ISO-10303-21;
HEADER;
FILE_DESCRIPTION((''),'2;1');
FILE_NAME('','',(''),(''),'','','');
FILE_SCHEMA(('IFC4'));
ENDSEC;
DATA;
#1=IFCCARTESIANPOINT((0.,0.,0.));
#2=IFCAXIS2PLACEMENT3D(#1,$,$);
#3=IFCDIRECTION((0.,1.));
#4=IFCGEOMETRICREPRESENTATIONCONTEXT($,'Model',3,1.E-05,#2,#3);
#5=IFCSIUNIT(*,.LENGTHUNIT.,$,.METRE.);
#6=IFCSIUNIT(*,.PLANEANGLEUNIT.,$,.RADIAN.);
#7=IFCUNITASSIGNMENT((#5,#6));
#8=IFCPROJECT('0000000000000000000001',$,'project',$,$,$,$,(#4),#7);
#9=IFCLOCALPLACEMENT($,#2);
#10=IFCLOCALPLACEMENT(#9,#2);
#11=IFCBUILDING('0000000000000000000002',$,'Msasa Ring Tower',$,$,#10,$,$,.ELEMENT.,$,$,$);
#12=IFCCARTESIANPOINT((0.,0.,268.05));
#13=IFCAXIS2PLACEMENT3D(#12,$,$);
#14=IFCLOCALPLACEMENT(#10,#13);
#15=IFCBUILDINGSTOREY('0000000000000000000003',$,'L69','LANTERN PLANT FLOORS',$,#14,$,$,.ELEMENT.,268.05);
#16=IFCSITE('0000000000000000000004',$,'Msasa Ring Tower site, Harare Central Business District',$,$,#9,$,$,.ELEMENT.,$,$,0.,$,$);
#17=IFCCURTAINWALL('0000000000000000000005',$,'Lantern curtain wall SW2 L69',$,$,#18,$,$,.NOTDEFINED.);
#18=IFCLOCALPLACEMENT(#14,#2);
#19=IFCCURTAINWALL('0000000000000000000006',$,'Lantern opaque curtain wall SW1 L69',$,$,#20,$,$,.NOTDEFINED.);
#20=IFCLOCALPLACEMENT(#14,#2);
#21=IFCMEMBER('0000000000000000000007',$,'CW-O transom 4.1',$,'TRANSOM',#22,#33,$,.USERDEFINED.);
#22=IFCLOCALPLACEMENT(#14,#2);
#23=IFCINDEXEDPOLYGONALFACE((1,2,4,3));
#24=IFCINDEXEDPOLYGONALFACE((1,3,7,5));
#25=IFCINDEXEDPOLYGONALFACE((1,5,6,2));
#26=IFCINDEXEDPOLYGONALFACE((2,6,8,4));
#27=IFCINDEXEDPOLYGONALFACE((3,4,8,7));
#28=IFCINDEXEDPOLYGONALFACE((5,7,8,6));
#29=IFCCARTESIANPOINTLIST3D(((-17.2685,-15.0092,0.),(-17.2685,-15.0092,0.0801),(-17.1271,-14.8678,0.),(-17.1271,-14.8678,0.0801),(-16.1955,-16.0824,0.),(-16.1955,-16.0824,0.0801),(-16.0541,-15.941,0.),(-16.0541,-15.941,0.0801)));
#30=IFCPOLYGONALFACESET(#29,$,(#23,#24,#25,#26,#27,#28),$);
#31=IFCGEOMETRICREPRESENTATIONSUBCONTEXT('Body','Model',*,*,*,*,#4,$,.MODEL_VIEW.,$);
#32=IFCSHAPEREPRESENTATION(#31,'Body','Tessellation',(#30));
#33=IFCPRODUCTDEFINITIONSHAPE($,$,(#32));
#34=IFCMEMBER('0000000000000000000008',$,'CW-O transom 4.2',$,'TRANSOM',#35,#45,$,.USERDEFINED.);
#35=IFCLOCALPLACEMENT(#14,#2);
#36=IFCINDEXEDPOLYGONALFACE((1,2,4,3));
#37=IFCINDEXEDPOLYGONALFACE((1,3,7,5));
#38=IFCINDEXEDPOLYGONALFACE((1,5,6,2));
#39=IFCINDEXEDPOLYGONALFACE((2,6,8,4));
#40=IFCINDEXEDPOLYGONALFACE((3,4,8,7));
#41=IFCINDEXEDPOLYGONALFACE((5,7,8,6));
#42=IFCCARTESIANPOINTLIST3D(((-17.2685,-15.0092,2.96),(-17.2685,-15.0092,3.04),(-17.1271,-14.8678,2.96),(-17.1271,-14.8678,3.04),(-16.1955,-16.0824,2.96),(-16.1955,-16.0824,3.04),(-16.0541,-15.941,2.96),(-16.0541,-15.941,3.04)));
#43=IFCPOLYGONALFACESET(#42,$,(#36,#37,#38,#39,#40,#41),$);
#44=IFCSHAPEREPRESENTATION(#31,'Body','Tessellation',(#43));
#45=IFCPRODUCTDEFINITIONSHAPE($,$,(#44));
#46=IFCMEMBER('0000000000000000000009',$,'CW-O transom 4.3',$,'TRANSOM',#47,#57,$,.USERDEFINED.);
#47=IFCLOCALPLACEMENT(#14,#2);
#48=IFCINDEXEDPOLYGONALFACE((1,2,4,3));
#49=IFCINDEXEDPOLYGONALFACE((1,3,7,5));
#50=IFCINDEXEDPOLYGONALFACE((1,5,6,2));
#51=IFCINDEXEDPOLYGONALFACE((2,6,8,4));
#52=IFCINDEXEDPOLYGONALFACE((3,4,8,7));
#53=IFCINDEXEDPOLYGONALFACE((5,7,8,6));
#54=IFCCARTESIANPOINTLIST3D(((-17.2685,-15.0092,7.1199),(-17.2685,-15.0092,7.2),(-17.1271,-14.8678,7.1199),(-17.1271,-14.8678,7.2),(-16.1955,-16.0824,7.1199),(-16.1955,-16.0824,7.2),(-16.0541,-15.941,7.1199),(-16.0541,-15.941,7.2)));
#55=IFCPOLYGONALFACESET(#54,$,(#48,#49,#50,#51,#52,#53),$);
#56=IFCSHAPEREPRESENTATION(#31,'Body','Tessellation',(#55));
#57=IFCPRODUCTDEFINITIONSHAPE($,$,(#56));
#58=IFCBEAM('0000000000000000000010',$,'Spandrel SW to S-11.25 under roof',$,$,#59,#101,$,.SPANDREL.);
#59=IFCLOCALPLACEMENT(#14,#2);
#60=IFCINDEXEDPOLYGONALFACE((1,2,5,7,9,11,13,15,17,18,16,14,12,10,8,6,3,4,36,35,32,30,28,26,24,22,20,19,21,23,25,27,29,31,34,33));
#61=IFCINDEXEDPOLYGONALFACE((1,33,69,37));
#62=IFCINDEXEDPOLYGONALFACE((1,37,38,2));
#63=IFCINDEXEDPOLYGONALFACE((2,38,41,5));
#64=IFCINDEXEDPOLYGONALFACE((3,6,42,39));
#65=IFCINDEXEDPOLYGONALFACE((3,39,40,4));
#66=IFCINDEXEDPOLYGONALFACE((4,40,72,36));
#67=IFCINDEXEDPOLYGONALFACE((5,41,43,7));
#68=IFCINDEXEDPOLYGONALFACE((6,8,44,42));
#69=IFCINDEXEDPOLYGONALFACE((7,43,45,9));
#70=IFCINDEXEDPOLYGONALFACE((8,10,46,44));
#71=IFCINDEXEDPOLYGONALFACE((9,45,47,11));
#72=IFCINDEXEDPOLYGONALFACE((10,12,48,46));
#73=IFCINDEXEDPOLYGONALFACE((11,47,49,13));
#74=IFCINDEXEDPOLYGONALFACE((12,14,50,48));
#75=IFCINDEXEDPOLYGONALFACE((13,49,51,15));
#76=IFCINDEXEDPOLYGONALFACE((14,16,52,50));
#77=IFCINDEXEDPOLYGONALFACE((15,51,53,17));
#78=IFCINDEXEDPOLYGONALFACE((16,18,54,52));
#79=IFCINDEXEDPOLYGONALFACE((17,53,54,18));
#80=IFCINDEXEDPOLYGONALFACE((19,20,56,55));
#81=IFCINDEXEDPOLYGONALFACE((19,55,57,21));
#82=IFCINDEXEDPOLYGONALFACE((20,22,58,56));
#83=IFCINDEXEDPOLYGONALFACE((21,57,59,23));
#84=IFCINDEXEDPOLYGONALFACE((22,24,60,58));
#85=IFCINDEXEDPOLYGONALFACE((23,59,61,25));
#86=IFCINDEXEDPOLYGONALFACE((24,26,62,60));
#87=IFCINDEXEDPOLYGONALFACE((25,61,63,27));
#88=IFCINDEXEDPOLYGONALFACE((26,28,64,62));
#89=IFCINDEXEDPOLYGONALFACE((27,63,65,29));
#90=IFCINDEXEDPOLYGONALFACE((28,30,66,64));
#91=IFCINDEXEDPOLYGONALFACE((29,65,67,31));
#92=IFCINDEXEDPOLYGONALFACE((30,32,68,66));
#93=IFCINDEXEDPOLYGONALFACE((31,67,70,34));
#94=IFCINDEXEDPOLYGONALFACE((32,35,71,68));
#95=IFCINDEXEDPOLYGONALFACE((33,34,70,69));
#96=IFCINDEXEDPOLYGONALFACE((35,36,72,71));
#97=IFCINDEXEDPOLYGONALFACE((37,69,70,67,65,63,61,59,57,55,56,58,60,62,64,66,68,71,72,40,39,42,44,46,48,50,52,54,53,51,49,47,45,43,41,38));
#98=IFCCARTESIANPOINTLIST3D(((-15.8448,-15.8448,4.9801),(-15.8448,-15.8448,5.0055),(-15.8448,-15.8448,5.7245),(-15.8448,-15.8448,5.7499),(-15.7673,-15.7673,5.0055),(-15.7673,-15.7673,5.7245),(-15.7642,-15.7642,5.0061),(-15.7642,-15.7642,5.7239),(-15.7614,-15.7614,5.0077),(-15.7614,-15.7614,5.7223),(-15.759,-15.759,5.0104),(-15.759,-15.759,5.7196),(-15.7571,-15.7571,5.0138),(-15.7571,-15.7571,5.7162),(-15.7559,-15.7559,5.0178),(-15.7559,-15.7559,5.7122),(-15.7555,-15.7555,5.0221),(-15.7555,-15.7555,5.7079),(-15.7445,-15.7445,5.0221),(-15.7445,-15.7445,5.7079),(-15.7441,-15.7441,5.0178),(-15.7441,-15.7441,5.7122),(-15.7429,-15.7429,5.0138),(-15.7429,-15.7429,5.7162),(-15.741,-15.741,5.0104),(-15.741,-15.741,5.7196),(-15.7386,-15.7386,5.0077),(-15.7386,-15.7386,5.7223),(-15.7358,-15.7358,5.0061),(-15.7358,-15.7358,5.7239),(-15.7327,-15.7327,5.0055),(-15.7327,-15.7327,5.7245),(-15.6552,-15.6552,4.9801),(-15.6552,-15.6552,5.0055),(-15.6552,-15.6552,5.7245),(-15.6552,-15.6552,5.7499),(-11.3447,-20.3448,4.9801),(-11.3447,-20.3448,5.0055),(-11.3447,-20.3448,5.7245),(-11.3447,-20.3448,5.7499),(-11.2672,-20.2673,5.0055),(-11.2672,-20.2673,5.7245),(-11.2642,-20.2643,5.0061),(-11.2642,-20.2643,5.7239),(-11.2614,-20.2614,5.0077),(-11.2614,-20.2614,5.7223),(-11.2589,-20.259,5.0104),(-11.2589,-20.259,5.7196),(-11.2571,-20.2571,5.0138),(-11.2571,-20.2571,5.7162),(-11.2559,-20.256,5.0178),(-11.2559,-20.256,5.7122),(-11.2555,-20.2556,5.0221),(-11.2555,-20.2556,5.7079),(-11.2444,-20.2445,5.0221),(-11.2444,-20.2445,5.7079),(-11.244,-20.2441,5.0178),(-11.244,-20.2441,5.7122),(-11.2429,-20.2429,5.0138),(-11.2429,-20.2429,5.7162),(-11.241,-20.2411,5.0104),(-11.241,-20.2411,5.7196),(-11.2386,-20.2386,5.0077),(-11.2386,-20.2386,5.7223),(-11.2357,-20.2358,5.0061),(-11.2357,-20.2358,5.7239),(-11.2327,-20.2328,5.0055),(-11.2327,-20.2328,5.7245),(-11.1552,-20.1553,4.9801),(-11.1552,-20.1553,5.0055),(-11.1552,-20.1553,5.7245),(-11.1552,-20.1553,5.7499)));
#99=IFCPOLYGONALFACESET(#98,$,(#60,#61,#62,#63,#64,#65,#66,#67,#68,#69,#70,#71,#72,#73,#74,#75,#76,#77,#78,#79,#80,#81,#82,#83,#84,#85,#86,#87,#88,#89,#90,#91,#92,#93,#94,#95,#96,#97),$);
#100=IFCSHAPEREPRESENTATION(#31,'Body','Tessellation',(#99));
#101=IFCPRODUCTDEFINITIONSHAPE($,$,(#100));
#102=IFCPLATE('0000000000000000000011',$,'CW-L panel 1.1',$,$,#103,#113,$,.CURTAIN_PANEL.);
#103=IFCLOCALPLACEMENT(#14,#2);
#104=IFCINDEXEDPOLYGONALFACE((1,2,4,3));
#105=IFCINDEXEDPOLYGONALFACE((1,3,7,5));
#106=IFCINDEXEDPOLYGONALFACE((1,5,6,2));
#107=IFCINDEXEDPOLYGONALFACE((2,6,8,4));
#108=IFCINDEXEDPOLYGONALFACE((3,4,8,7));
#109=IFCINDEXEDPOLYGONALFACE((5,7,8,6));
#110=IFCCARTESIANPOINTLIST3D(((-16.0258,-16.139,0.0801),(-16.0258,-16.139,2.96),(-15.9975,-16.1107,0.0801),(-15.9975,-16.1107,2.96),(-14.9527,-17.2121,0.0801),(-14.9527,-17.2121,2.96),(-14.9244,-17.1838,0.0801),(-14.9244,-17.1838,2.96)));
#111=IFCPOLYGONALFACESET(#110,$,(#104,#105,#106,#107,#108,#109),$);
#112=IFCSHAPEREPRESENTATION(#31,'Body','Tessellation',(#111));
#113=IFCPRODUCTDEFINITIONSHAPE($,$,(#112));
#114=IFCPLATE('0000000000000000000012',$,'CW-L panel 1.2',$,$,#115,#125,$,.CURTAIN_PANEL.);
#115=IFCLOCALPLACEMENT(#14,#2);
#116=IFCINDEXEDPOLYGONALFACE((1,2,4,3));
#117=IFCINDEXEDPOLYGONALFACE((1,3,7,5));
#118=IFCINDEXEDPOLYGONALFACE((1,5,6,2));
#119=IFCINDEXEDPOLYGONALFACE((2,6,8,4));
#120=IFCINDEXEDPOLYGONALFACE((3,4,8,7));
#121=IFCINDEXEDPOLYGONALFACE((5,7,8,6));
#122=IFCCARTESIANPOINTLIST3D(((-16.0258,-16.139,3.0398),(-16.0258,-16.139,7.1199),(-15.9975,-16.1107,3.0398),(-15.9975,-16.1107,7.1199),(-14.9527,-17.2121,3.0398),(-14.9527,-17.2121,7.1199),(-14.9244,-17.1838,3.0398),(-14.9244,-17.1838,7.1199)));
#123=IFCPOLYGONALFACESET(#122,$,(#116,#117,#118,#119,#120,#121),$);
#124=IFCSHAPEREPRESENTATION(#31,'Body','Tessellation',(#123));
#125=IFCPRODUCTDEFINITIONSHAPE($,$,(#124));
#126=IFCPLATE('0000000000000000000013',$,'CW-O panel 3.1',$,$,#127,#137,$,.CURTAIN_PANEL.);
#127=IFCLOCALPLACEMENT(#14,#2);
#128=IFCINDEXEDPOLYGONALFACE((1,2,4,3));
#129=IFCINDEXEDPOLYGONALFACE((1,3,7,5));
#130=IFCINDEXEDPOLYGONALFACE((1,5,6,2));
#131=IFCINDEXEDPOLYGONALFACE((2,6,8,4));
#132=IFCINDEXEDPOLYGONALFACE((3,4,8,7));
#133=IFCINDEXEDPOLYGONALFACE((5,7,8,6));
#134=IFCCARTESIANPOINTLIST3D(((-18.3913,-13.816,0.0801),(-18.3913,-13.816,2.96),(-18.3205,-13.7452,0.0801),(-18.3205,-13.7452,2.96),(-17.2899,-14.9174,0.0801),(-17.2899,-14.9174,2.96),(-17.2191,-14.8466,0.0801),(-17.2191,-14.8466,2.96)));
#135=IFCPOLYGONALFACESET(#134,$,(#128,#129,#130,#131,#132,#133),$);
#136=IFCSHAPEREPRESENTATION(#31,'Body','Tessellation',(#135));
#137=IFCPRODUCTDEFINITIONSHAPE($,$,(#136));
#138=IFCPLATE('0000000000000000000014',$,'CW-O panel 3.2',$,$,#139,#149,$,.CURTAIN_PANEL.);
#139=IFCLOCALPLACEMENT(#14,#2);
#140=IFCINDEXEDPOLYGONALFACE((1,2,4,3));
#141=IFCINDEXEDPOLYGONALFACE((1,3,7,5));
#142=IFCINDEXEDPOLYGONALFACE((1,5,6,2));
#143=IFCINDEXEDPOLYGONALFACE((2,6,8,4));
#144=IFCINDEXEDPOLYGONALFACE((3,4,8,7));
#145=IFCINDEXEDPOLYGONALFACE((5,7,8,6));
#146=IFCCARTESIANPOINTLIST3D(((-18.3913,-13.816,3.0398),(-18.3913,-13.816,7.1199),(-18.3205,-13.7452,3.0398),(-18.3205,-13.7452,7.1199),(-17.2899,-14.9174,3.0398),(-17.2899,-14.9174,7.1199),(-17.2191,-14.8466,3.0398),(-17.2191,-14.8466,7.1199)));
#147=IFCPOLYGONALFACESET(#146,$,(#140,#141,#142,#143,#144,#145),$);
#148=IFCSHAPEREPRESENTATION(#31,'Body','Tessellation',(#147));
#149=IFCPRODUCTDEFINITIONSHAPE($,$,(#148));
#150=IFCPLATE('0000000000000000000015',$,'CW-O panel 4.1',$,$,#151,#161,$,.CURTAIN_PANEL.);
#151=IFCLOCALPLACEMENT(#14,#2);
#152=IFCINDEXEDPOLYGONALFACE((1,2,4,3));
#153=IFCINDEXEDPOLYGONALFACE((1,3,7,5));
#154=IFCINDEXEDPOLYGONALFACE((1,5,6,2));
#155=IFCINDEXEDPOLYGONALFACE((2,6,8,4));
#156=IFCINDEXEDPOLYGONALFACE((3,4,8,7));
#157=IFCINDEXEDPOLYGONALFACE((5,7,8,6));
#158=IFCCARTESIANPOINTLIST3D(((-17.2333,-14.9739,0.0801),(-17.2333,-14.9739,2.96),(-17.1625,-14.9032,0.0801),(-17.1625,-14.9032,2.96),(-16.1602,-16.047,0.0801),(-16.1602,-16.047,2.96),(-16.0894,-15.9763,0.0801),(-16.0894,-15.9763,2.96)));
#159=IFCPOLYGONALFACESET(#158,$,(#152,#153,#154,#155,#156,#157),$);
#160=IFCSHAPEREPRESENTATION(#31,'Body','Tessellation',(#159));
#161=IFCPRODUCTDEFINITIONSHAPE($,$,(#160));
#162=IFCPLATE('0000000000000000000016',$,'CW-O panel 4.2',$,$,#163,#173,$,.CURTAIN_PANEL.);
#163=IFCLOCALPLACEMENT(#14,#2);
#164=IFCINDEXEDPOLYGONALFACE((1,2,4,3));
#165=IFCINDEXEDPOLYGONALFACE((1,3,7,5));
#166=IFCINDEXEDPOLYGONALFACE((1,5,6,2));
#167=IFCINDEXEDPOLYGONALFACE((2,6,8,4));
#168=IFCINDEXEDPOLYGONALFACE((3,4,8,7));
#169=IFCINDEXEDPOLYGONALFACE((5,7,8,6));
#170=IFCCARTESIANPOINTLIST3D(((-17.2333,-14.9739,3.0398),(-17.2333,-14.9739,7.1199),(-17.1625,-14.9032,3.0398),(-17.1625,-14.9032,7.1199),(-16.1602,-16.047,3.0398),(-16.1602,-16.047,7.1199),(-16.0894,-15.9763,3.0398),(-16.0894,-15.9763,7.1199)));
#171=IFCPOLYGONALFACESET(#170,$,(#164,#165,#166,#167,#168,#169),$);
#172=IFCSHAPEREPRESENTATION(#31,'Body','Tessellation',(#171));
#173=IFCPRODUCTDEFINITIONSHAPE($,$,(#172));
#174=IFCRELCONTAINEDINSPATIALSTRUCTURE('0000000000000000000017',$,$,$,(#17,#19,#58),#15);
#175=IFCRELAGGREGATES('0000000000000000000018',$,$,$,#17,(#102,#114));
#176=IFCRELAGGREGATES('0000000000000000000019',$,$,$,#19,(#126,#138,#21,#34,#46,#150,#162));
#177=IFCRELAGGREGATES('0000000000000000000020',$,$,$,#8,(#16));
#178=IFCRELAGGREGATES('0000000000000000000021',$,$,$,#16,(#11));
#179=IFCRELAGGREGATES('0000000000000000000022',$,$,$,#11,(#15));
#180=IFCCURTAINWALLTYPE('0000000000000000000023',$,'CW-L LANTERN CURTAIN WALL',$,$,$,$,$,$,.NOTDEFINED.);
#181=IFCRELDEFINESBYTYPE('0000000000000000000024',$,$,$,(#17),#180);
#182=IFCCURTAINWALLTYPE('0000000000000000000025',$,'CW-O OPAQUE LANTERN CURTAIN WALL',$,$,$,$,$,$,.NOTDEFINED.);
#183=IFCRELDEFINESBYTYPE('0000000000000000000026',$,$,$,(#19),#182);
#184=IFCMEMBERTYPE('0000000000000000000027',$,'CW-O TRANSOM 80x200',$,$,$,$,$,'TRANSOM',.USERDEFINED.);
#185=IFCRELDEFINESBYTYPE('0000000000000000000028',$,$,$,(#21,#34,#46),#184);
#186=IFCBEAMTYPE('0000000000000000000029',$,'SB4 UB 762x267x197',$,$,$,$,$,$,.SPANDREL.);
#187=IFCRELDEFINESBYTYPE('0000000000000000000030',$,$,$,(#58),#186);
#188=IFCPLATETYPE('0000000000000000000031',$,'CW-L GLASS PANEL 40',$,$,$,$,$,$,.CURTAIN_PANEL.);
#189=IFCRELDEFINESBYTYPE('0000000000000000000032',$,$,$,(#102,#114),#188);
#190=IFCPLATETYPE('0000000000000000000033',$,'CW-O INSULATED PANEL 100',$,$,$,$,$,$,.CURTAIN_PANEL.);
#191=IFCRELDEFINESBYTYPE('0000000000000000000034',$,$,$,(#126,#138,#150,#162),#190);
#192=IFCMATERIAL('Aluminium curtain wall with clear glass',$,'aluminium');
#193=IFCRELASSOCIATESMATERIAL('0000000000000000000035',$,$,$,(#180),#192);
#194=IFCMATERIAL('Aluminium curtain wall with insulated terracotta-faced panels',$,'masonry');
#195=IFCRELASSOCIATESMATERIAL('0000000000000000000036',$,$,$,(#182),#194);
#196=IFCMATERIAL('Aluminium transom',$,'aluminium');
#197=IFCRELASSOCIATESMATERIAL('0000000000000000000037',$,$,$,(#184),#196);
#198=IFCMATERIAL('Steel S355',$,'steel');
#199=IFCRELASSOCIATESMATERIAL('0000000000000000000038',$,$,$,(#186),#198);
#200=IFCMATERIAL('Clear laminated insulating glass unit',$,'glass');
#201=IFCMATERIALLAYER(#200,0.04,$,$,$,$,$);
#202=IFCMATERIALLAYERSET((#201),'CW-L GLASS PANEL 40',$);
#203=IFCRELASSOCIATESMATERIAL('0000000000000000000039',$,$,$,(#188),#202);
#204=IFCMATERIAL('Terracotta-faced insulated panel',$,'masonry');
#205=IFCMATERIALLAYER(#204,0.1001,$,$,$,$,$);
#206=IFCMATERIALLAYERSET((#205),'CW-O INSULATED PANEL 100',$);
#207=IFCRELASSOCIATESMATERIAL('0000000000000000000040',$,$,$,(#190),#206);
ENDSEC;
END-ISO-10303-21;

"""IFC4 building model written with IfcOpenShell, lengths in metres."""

from ifc_helpers import new_model, si_unit, direction, frame, origin, origin_2d, place, context, subcontext, project, spatial, rectangle, i_section, extrude, material, layer, layer_set, material_profile, profile_set, type_object, element, aggregate, save


model = new_model("IFC4")

# Units and contexts
model_context = context("Model", 3, precision=1e-05, world=origin(), true_north=direction((0.0, 1.0)))
body_context = subcontext(model_context, "Body", "Model", "MODEL_VIEW")
ifc_project = project(units=[si_unit("LENGTHUNIT", "METRE"), si_unit("PLANEANGLEUNIT", "RADIAN")], contexts=[model_context])

# Site, building, storey
site_placement = place(None, origin())
site = spatial("IfcSite", under=ifc_project, at=site_placement, Name="Msasa Ring Tower site, Harare Central Business District", CompositionType="ELEMENT", RefElevation=0.0)
building_placement = place(site_placement, origin())
building = spatial("IfcBuilding", under=site, at=building_placement, Name="Msasa Ring Tower", CompositionType="ELEMENT")
storey_placement = place(building_placement, frame((0.0, 0.0, 268.05)))
storey = spatial("IfcBuildingStorey", under=building, at=storey_placement, Name="L69", Description="LANTERN PLANT FLOORS", CompositionType="ELEMENT", Elevation=268.05)

# Curtain walls, members
ifc_material_1 = material(Name="Aluminium curtain wall with clear glass", Category="aluminium")
curtain_wall_type_1 = type_object("IfcCurtainWallType", Name="CW-L LANTERN CURTAIN WALL", PredefinedType="NOTDEFINED", material=ifc_material_1)
curtain_wall_1_placement = place(storey_placement, origin())
curtain_wall_1 = element("IfcCurtainWall", 1, at=curtain_wall_1_placement, inside=storey, type_object=curtain_wall_type_1, Name="Lantern curtain wall SW2 L69", PredefinedType="NOTDEFINED")
ifc_material_2 = material(Name="Aluminium curtain wall with insulated terracotta-faced panels", Category="masonry")
curtain_wall_type_2 = type_object("IfcCurtainWallType", Name="CW-O OPAQUE LANTERN CURTAIN WALL", PredefinedType="NOTDEFINED", material=ifc_material_2)
curtain_wall_2_placement = place(storey_placement, origin())
curtain_wall_2 = element("IfcCurtainWall", 2, at=curtain_wall_2_placement, inside=storey, type_object=curtain_wall_type_2, Name="Lantern opaque curtain wall SW1 L69", PredefinedType="NOTDEFINED")
ifc_material_3 = material(Name="Aluminium transom", Category="aluminium")
ifc_material_profile_1 = material_profile(ifc_material_3, rectangle(XDim=0.2, YDim=0.0801, at=origin_2d()), Name="AL 80x200")
ifc_profile_set_1 = profile_set([ifc_material_profile_1], Name="Aluminium transom")
member_type_1 = type_object("IfcMemberType", Name="CW-O TRANSOM 80x200", ElementType="TRANSOM", PredefinedType="USERDEFINED", material=ifc_profile_set_1)
member_1_placement = place(storey_placement, frame((-17.1978, -14.9385, 0.04), z_axis=(0.707026, -0.707187, 0.0), x_axis=(0.707187, 0.707026, 0.0)))
member_1 = element("IfcMember", 3, at=member_1_placement, type_object=member_type_1, Name="CW-O transom 4.1", ObjectType="TRANSOM", PredefinedType="USERDEFINED", context=body_context, shape_type="SweptSolid", body=[
    extrude(rectangle(XDim=0.2, YDim=0.0801, at=origin_2d()), origin(), (0.0, 0.0, 1.0), 1.5176),
])
member_2_placement = place(storey_placement, frame((-17.1978, -14.9385, 3.0), z_axis=(0.707026, -0.707187, 0.0), x_axis=(0.707187, 0.707026, 0.0)))
member_2 = element("IfcMember", 4, at=member_2_placement, type_object=member_type_1, Name="CW-O transom 4.2", ObjectType="TRANSOM", PredefinedType="USERDEFINED", context=body_context, shape_type="SweptSolid", body=[
    extrude(rectangle(XDim=0.2, YDim=0.0801, at=origin_2d()), origin(), (0.0, 0.0, 1.0), 1.5176),
])
member_3_placement = place(storey_placement, frame((-17.1978, -14.9385, 7.1599), z_axis=(0.707026, -0.707187, 0.0), x_axis=(0.707187, 0.707026, 0.0)))
member_3 = element("IfcMember", 5, at=member_3_placement, type_object=member_type_1, Name="CW-O transom 4.3", ObjectType="TRANSOM", PredefinedType="USERDEFINED", context=body_context, shape_type="SweptSolid", body=[
    extrude(rectangle(XDim=0.2, YDim=0.0801, at=origin_2d()), origin(), (0.0, 0.0, 1.0), 1.5176),
])

# Beam
ifc_material_4 = material(Name="Steel S355", Category="steel")
ifc_material_profile_2 = material_profile(ifc_material_4, i_section(OverallWidth=0.2681, OverallDepth=0.7698, WebThickness=0.0156, FlangeThickness=0.0254, FilletRadius=0.0166, at=origin_2d()), Name="UB 762x267x197")
ifc_profile_set_2 = profile_set([ifc_material_profile_2], Name="Steel S355")
beam_type = type_object("IfcBeamType", Name="SB4 UB 762x267x197", PredefinedType="SPANDREL", material=ifc_profile_set_2)
beam_placement = place(storey_placement, frame((-15.75, -15.75, 5.365), z_axis=(0.707107, -0.707107, 0.0), x_axis=(0.707107, 0.707107, 0.0)))
element("IfcBeam", 6, at=beam_placement, inside=storey, type_object=beam_type, Name="Spandrel SW to S-11.25 under roof", PredefinedType="SPANDREL", context=body_context, shape_type="SweptSolid", body=[
    extrude(i_section(OverallWidth=0.2681, OverallDepth=0.7698, WebThickness=0.0156, FlangeThickness=0.0254, FilletRadius=0.0166, at=origin_2d()), origin(), (0.0, 0.0, 1.0), 6.364),
])

# Plates
ifc_material_5 = material(Name="Clear laminated insulating glass unit", Category="glass")
ifc_layer_1 = layer(ifc_material_5, 0.04)
ifc_layer_set_1 = layer_set([ifc_layer_1], Name="CW-L GLASS PANEL 40")
plate_type_1 = type_object("IfcPlateType", Name="CW-L GLASS PANEL 40", PredefinedType="CURTAIN_PANEL", material=ifc_layer_set_1)
plate_1_placement = place(storey_placement, frame((-15.4751, -16.6614, 0.0801), z_axis=(0.0, 0.0, 1.0), x_axis=(0.707107, -0.707107, 0.0)))
plate_1 = element("IfcPlate", 7, at=plate_1_placement, type_object=plate_type_1, Name="CW-L panel 1.1", PredefinedType="CURTAIN_PANEL", context=body_context, shape_type="SweptSolid", body=[
    extrude(rectangle(XDim=1.5176, YDim=0.04, at=origin_2d()), origin(), (0.0, 0.0, 1.0), 2.8799),
])
plate_2_placement = place(storey_placement, frame((-15.4751, -16.6614, 3.0398), z_axis=(0.0, 0.0, 1.0), x_axis=(0.707107, -0.707107, 0.0)))
plate_2 = element("IfcPlate", 8, at=plate_2_placement, type_object=plate_type_1, Name="CW-L panel 1.2", PredefinedType="CURTAIN_PANEL", context=body_context, shape_type="SweptSolid", body=[
    extrude(rectangle(XDim=1.5176, YDim=0.04, at=origin_2d()), origin(), (0.0, 0.0, 1.0), 4.0801),
])
aggregate(curtain_wall_1, [plate_1, plate_2])
ifc_material_6 = material(Name="Terracotta-faced insulated panel", Category="masonry")
ifc_layer_2 = layer(ifc_material_6, 0.1001)
ifc_layer_set_2 = layer_set([ifc_layer_2], Name="CW-O INSULATED PANEL 100")
plate_type_2 = type_object("IfcPlateType", Name="CW-O INSULATED PANEL 100", PredefinedType="CURTAIN_PANEL", material=ifc_layer_set_2)
plate_3_placement = place(storey_placement, frame((-17.8052, -14.3313, 0.0801), z_axis=(0.0, 0.0, 1.0), x_axis=(0.707107, -0.707107, 0.0)))
plate_3 = element("IfcPlate", 9, at=plate_3_placement, type_object=plate_type_2, Name="CW-O panel 3.1", PredefinedType="CURTAIN_PANEL", context=body_context, shape_type="SweptSolid", body=[
    extrude(rectangle(XDim=1.5576, YDim=0.1001, at=origin_2d()), origin(), (0.0, 0.0, 1.0), 2.8799),
])
plate_4_placement = place(storey_placement, frame((-17.8052, -14.3313, 3.0398), z_axis=(0.0, 0.0, 1.0), x_axis=(0.707107, -0.707107, 0.0)))
plate_4 = element("IfcPlate", 10, at=plate_4_placement, type_object=plate_type_2, Name="CW-O panel 3.2", PredefinedType="CURTAIN_PANEL", context=body_context, shape_type="SweptSolid", body=[
    extrude(rectangle(XDim=1.5576, YDim=0.1001, at=origin_2d()), origin(), (0.0, 0.0, 1.0), 4.0801),
])
plate_5_placement = place(storey_placement, frame((-16.6614, -15.4751, 0.0801), z_axis=(0.0, 0.0, 1.0), x_axis=(0.707107, -0.707107, 0.0)))
plate_5 = element("IfcPlate", 11, at=plate_5_placement, type_object=plate_type_2, Name="CW-O panel 4.1", PredefinedType="CURTAIN_PANEL", context=body_context, shape_type="SweptSolid", body=[
    extrude(rectangle(XDim=1.5176, YDim=0.1001, at=origin_2d()), origin(), (0.0, 0.0, 1.0), 2.8799),
])
plate_6_placement = place(storey_placement, frame((-16.6614, -15.4751, 3.0398), z_axis=(0.0, 0.0, 1.0), x_axis=(0.707107, -0.707107, 0.0)))
plate_6 = element("IfcPlate", 12, at=plate_6_placement, type_object=plate_type_2, Name="CW-O panel 4.2", PredefinedType="CURTAIN_PANEL", context=body_context, shape_type="SweptSolid", body=[
    extrude(rectangle(XDim=1.5176, YDim=0.1001, at=origin_2d()), origin(), (0.0, 0.0, 1.0), 4.0801),
])
aggregate(curtain_wall_2, [plate_3, plate_4, member_1, member_2, member_3, plate_5, plate_6])

save(model, "model.ifc")
